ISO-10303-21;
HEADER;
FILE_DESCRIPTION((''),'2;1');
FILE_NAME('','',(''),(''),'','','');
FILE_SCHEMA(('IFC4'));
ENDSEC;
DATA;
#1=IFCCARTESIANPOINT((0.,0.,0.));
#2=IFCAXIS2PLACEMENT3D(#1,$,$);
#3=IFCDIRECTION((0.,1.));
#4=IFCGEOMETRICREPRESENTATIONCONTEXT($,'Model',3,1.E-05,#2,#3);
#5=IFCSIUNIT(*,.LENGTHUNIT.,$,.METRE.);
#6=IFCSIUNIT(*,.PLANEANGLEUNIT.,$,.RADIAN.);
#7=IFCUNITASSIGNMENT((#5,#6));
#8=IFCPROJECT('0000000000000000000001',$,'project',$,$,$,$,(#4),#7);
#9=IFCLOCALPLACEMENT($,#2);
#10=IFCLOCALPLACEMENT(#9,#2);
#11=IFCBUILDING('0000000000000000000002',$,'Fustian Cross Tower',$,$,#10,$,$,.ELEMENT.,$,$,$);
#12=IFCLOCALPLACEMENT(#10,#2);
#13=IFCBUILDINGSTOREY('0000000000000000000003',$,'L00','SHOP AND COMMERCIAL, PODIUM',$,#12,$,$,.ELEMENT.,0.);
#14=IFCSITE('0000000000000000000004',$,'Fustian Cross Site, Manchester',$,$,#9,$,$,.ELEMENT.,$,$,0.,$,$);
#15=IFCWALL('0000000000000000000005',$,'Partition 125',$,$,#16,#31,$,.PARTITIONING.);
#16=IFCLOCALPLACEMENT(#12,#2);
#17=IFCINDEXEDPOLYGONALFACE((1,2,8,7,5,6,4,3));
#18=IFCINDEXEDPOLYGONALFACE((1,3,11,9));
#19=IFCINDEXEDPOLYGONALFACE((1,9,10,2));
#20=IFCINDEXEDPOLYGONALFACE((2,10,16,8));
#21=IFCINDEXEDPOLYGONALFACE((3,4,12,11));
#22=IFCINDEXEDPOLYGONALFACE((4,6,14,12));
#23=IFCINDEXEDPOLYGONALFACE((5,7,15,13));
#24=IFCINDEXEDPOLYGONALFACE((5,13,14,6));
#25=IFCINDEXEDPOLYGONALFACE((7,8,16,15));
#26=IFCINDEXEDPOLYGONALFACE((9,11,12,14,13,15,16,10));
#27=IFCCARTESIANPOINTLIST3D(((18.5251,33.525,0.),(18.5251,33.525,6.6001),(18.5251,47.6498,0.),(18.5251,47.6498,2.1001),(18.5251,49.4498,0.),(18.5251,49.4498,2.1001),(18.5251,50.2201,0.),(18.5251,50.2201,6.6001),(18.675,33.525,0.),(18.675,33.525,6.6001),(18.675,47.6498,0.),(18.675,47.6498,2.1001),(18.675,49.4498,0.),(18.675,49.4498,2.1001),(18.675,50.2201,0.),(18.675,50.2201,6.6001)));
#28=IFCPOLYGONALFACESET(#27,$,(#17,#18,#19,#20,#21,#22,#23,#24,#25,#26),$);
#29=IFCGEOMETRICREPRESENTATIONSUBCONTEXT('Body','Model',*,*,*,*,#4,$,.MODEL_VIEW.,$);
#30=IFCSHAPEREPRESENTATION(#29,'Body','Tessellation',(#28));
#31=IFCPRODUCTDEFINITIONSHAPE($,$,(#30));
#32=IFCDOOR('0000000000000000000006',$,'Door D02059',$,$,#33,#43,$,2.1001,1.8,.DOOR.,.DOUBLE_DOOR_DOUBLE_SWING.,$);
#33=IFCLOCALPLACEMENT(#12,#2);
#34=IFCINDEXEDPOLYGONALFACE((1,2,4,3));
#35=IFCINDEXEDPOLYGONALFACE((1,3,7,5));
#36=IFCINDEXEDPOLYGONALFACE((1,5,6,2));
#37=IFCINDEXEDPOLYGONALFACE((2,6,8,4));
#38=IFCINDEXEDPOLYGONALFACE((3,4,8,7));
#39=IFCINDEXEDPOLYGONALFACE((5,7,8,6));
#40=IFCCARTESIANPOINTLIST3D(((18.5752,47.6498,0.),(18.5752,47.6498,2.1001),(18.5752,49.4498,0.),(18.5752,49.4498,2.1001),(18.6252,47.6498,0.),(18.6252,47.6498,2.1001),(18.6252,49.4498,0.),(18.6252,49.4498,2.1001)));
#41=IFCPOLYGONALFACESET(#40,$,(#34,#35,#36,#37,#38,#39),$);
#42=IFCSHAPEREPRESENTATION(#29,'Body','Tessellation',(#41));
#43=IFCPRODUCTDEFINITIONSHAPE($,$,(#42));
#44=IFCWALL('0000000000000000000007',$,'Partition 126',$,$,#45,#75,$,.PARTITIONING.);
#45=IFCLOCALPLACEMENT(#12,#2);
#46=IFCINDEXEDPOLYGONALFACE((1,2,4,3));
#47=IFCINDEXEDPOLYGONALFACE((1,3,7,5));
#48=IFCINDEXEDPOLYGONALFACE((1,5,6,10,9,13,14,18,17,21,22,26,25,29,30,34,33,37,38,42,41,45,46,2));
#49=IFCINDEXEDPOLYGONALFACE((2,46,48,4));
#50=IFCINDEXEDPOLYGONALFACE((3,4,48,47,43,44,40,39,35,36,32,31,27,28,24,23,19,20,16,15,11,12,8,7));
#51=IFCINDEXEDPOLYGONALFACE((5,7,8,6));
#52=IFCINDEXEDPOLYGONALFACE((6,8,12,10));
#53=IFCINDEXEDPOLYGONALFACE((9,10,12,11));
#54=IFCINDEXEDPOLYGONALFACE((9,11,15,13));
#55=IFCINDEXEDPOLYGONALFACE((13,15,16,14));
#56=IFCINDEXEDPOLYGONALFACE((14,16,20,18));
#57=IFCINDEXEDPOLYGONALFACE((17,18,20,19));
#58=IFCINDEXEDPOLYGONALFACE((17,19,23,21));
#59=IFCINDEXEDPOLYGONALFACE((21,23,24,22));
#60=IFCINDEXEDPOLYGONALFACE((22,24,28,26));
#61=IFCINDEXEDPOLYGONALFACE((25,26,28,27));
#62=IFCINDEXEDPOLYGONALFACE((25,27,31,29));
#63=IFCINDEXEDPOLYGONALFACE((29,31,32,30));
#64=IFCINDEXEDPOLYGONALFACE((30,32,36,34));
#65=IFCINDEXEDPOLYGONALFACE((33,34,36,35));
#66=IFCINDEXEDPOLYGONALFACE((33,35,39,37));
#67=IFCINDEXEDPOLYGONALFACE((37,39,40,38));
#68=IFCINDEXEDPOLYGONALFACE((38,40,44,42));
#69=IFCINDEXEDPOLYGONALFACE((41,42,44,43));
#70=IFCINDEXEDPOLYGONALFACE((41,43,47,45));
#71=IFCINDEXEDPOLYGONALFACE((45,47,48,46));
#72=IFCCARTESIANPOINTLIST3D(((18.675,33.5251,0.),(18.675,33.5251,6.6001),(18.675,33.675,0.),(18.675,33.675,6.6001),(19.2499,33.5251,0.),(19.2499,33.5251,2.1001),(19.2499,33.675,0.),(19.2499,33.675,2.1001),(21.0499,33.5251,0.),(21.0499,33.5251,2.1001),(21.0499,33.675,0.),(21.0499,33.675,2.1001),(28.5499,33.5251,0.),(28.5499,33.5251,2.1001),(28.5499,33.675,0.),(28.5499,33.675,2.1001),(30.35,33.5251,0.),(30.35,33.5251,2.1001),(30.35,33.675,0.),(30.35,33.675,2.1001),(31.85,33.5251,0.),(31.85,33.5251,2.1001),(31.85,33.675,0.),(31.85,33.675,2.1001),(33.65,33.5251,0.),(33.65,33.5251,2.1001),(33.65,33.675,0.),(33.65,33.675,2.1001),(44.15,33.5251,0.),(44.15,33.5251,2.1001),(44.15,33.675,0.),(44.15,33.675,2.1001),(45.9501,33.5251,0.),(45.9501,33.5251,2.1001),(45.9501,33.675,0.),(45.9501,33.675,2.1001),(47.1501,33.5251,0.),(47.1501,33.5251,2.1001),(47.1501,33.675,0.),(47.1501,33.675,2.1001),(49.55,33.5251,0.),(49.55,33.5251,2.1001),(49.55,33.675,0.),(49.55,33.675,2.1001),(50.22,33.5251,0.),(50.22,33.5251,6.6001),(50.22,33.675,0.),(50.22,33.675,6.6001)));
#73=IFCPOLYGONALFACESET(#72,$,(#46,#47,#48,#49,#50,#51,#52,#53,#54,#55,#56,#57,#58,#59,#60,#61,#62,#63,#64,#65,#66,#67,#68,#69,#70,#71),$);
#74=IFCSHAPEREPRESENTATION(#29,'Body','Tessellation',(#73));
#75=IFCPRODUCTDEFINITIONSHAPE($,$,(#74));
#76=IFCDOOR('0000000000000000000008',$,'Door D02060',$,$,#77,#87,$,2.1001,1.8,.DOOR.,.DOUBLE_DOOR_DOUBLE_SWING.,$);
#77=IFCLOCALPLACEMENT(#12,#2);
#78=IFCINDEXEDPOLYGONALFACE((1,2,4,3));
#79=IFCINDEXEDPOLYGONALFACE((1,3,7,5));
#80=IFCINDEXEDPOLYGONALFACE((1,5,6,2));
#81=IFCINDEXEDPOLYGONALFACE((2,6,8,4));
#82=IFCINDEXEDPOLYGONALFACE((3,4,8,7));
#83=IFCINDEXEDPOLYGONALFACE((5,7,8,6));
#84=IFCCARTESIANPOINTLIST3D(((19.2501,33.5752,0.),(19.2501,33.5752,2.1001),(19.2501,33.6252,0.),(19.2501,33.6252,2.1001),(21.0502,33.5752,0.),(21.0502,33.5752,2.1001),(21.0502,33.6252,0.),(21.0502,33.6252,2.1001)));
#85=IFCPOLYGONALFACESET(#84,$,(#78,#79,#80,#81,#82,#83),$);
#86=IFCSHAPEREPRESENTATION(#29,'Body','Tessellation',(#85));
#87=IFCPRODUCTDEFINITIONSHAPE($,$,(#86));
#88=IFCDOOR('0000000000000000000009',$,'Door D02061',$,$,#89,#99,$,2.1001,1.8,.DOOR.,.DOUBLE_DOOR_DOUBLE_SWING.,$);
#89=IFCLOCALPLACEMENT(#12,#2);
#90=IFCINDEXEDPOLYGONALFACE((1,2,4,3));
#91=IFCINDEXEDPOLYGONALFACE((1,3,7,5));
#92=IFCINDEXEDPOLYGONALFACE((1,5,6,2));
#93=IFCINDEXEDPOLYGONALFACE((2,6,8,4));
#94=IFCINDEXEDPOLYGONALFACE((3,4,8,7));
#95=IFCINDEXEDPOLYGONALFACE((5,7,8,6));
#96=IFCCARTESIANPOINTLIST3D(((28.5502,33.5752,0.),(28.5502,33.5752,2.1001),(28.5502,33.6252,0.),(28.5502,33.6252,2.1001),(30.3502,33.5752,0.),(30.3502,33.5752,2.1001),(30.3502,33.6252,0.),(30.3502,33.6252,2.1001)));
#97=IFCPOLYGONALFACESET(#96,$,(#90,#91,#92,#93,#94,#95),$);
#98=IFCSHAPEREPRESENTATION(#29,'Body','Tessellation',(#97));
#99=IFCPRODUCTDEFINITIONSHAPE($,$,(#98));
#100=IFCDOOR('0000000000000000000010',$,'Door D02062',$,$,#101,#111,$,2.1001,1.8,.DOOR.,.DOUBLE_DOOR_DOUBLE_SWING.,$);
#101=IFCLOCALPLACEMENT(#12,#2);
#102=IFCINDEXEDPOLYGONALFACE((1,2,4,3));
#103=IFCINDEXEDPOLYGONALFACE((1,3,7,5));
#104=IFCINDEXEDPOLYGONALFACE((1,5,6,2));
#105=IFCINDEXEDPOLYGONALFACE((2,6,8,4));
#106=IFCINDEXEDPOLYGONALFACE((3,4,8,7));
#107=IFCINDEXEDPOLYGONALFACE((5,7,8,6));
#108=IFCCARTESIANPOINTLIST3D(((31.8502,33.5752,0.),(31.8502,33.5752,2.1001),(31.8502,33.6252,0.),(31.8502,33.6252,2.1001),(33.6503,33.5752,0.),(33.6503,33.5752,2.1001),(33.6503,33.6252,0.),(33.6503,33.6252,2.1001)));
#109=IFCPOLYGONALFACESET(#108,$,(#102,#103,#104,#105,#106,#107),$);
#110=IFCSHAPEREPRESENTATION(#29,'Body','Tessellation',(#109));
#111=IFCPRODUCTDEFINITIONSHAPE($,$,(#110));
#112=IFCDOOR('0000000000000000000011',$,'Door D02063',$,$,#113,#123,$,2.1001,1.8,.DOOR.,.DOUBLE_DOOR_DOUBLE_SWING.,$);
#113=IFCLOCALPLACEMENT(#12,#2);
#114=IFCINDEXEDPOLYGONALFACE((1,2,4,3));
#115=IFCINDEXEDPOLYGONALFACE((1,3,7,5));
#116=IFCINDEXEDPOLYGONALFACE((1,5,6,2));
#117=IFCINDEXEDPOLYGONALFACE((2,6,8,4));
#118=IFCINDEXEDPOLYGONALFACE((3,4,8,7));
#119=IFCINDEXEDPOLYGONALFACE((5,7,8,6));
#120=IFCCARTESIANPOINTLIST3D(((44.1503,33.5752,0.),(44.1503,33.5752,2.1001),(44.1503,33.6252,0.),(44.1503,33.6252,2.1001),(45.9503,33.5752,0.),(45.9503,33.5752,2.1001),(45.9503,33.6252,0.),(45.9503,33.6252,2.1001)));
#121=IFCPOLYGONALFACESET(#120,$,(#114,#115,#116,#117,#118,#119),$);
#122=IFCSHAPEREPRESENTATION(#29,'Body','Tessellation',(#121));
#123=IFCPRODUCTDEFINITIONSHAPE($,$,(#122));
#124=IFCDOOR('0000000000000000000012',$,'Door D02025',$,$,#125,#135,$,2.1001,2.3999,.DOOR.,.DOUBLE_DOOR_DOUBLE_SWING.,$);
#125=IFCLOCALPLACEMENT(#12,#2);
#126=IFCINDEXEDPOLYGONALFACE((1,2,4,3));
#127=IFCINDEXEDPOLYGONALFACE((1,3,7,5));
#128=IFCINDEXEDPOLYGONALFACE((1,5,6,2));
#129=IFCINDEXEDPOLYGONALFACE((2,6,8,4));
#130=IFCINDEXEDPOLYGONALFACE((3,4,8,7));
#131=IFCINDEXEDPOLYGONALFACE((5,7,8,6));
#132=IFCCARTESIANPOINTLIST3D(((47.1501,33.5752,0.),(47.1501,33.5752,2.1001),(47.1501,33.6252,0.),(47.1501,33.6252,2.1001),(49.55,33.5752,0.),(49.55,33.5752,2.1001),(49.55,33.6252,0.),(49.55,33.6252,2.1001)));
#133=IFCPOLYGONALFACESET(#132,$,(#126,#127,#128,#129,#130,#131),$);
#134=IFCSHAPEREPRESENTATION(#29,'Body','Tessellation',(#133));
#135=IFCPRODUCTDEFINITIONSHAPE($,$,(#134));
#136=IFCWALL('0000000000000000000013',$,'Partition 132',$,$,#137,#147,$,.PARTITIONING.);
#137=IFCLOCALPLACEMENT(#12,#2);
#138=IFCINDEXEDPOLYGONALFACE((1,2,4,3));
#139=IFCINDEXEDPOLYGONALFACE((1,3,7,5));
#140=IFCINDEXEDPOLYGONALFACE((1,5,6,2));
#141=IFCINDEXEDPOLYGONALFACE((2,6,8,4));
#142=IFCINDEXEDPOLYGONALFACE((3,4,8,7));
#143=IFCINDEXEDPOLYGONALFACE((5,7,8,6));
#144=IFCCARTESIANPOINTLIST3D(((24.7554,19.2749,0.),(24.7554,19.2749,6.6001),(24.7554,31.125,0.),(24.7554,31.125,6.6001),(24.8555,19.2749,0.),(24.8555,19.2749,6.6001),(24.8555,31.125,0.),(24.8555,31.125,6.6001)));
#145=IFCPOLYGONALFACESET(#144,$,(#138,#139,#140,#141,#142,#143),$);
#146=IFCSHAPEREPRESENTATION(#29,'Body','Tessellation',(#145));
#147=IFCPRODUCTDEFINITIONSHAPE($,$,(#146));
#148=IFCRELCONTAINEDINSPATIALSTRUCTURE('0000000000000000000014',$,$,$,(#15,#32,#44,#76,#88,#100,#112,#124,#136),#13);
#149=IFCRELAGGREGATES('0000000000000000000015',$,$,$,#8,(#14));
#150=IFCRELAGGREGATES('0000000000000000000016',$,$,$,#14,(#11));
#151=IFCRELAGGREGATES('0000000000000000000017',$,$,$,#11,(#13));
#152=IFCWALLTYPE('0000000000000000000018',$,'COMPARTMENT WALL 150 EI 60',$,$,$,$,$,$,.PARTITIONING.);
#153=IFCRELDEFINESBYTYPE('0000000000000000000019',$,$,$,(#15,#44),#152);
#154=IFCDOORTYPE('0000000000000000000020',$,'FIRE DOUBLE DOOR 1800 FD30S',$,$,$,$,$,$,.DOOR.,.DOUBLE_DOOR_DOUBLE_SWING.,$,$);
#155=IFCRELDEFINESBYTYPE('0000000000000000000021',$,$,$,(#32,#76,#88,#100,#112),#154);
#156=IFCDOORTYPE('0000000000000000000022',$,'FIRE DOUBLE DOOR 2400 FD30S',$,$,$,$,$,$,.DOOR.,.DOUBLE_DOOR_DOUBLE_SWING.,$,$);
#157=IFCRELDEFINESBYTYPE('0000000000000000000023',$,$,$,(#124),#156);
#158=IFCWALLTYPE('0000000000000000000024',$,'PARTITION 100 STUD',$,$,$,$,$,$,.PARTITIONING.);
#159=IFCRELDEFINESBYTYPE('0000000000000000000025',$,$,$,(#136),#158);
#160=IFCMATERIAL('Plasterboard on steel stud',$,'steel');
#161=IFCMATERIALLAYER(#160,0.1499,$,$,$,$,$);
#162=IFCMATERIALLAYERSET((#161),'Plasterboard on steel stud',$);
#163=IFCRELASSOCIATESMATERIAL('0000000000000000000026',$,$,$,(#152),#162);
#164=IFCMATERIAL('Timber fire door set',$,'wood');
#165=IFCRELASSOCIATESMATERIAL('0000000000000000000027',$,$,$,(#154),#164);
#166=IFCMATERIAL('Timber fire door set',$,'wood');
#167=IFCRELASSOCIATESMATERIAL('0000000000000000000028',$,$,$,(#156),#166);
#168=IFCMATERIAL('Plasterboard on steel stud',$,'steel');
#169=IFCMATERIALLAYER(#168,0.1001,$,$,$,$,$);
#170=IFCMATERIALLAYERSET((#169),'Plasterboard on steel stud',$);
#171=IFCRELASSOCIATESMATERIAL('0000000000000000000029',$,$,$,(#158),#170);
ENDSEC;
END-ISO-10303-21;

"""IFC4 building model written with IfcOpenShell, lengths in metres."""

from ifc_helpers import new_model, si_unit, direction, frame, frame_2d, origin, place, context, subcontext, project, spatial, rectangle, extrude, material, layer, layer_set, type_object, element, fill, save


model = new_model("IFC4")

# Units and contexts
model_context = context("Model", 3, precision=1e-05, world=origin(), true_north=direction((0.0, 1.0)))
body_context = subcontext(model_context, "Body", "Model", "MODEL_VIEW")
ifc_project = project(units=[si_unit("LENGTHUNIT", "METRE"), si_unit("PLANEANGLEUNIT", "RADIAN")], contexts=[model_context])

# Site, building, storey
site_placement = place(None, origin())
site = spatial("IfcSite", under=ifc_project, at=site_placement, Name="Fustian Cross Site, Manchester", CompositionType="ELEMENT", RefElevation=0.0)
building_placement = place(site_placement, origin())
building = spatial("IfcBuilding", under=site, at=building_placement, Name="Fustian Cross Tower", CompositionType="ELEMENT")
storey_placement = place(building_placement, origin())
storey = spatial("IfcBuildingStorey", under=building, at=storey_placement, Name="L00", Description="SHOP AND COMMERCIAL, PODIUM", CompositionType="ELEMENT", Elevation=0.0)

# Shared definitions
ifc_material_1 = material(Name="Plasterboard on steel stud", Category="steel")
ifc_layer_1 = layer(ifc_material_1, 0.1499)
ifc_layer_set_1 = layer_set([ifc_layer_1], Name="Plasterboard on steel stud")
wall_type_1 = type_object("IfcWallType", Name="COMPARTMENT WALL 150 EI 60", PredefinedType="PARTITIONING", material=ifc_layer_set_1)
ifc_material_2 = material(Name="Timber fire door set", Category="wood")
door_type_1 = type_object("IfcDoorType", Name="FIRE DOUBLE DOOR 1800 FD30S", OperationType="DOUBLE_DOOR_DOUBLE_SWING", PredefinedType="DOOR", material=ifc_material_2)

# Wall, opening, door
wall_1_placement = place(storey_placement, frame((18.6001, 33.5249, 0.0), z_axis=(0.0, 0.0, 1.0), x_axis=(0.0, 1.0, 0.0)))
wall_1 = element("IfcWall", 1, at=wall_1_placement, inside=storey, type_object=wall_type_1, Name="Partition 125", PredefinedType="PARTITIONING", context=body_context, shape_type="SweptSolid", body=[
    extrude(rectangle(XDim=16.6951, YDim=0.1499, at=frame_2d((8.3477, 0.0))), origin(), (0.0, 0.0, 1.0), 6.6001),
])
opening_1_placement = place(wall_1_placement, frame((14.125, 0.0, 0.0)))
opening_1 = element("IfcOpeningElement", 2, at=opening_1_placement, cuts=wall_1, PredefinedType="OPENING", context=body_context, shape_type="SweptSolid", body=[
    extrude(rectangle(XDim=1.8, YDim=2.1001, at=frame_2d((0.8999, 1.05))), frame((0.0, 0.085, 0.0), z_axis=(0.0, -1.0, 0.0), x_axis=(1.0, 0.0, 0.0)), (0.0, 0.0, 1.0), 0.1699),
])
door_1_placement = place(opening_1_placement, origin())
door_1 = element("IfcDoor", 3, at=door_1_placement, inside=storey, type_object=door_type_1, Name="Door D02059", OperationType="DOUBLE_DOOR_DOUBLE_SWING", OverallHeight=2.1001, OverallWidth=1.8, PredefinedType="DOOR", context=body_context, shape_type="SweptSolid", body=[
    extrude(rectangle(XDim=1.8, YDim=2.1001, at=frame_2d((0.8999, 1.05))), frame((0.0, 0.0249, 0.0), z_axis=(0.0, -1.0, 0.0), x_axis=(1.0, 0.0, 0.0)), (0.0, 0.0, 1.0), 0.05),
])
fill(opening_1, door_1)

# Wall, openings, doors
wall_2_placement = place(storey_placement, frame((18.675, 33.6001, 0.0), z_axis=(0.0, 0.0, 1.0), x_axis=(1.0, 0.0, 0.0)))
wall_2 = element("IfcWall", 4, at=wall_2_placement, inside=storey, type_object=wall_type_1, Name="Partition 126", PredefinedType="PARTITIONING", context=body_context, shape_type="SweptSolid", body=[
    extrude(rectangle(XDim=31.5449, YDim=0.1499, at=frame_2d((15.7725, 0.0))), origin(), (0.0, 0.0, 1.0), 6.6001),
])
opening_2_placement = place(wall_2_placement, frame((28.4751, 0.0, 0.0)))
opening_2 = element("IfcOpeningElement", 5, at=opening_2_placement, cuts=wall_2, PredefinedType="OPENING", context=body_context, shape_type="SweptSolid", body=[
    extrude(rectangle(XDim=2.3999, YDim=2.1001, at=frame_2d((1.2, 1.05))), frame((0.0, 0.085, 0.0), z_axis=(0.0, -1.0, 0.0), x_axis=(1.0, 0.0, 0.0)), (0.0, 0.0, 1.0), 0.1699),
])
opening_3_placement = place(wall_2_placement, frame((0.575, 0.0, 0.0)))
opening_3 = element("IfcOpeningElement", 6, at=opening_3_placement, cuts=wall_2, PredefinedType="OPENING", context=body_context, shape_type="SweptSolid", body=[
    extrude(rectangle(XDim=1.8, YDim=2.1001, at=frame_2d((0.8999, 1.05))), frame((0.0, 0.085, 0.0), z_axis=(0.0, -1.0, 0.0), x_axis=(1.0, 0.0, 0.0)), (0.0, 0.0, 1.0), 0.1699),
])
opening_4_placement = place(wall_2_placement, frame((9.875, 0.0, 0.0)))
opening_4 = element("IfcOpeningElement", 7, at=opening_4_placement, cuts=wall_2, PredefinedType="OPENING", context=body_context, shape_type="SweptSolid", body=[
    extrude(rectangle(XDim=1.8, YDim=2.1001, at=frame_2d((0.8999, 1.05))), frame((0.0, 0.085, 0.0), z_axis=(0.0, -1.0, 0.0), x_axis=(1.0, 0.0, 0.0)), (0.0, 0.0, 1.0), 0.1699),
])
opening_5_placement = place(wall_2_placement, frame((13.175, 0.0, 0.0)))
opening_5 = element("IfcOpeningElement", 8, at=opening_5_placement, cuts=wall_2, PredefinedType="OPENING", context=body_context, shape_type="SweptSolid", body=[
    extrude(rectangle(XDim=1.8, YDim=2.1001, at=frame_2d((0.8999, 1.05))), frame((0.0, 0.085, 0.0), z_axis=(0.0, -1.0, 0.0), x_axis=(1.0, 0.0, 0.0)), (0.0, 0.0, 1.0), 0.1699),
])
opening_6_placement = place(wall_2_placement, frame((25.4751, 0.0, 0.0)))
opening_6 = element("IfcOpeningElement", 9, at=opening_6_placement, cuts=wall_2, PredefinedType="OPENING", context=body_context, shape_type="SweptSolid", body=[
    extrude(rectangle(XDim=1.8, YDim=2.1001, at=frame_2d((0.8999, 1.05))), frame((0.0, 0.085, 0.0), z_axis=(0.0, -1.0, 0.0), x_axis=(1.0, 0.0, 0.0)), (0.0, 0.0, 1.0), 0.1699),
])
door_2_placement = place(opening_3_placement, frame((1.8, 0.0, 0.0), z_axis=(0.0, 0.0, 1.0), x_axis=(-1.0, 0.0, 0.0)))
door_2 = element("IfcDoor", 10, at=door_2_placement, inside=storey, type_object=door_type_1, Name="Door D02060", OperationType="DOUBLE_DOOR_DOUBLE_SWING", OverallHeight=2.1001, OverallWidth=1.8, PredefinedType="DOOR", context=body_context, shape_type="SweptSolid", body=[
    extrude(rectangle(XDim=1.8, YDim=2.1001, at=frame_2d((0.8999, 1.05))), frame((0.0, 0.0249, 0.0), z_axis=(0.0, -1.0, 0.0), x_axis=(1.0, 0.0, 0.0)), (0.0, 0.0, 1.0), 0.05),
])
fill(opening_3, door_2)
door_3_placement = place(opening_4_placement, frame((1.8, 0.0, 0.0), z_axis=(0.0, 0.0, 1.0), x_axis=(-1.0, 0.0, 0.0)))
door_3 = element("IfcDoor", 11, at=door_3_placement, inside=storey, type_object=door_type_1, Name="Door D02061", OperationType="DOUBLE_DOOR_DOUBLE_SWING", OverallHeight=2.1001, OverallWidth=1.8, PredefinedType="DOOR", context=body_context, shape_type="SweptSolid", body=[
    extrude(rectangle(XDim=1.8, YDim=2.1001, at=frame_2d((0.8999, 1.05))), frame((0.0, 0.0249, 0.0), z_axis=(0.0, -1.0, 0.0), x_axis=(1.0, 0.0, 0.0)), (0.0, 0.0, 1.0), 0.05),
])
fill(opening_4, door_3)
door_4_placement = place(opening_5_placement, frame((1.8, 0.0, 0.0), z_axis=(0.0, 0.0, 1.0), x_axis=(-1.0, 0.0, 0.0)))
door_4 = element("IfcDoor", 12, at=door_4_placement, inside=storey, type_object=door_type_1, Name="Door D02062", OperationType="DOUBLE_DOOR_DOUBLE_SWING", OverallHeight=2.1001, OverallWidth=1.8, PredefinedType="DOOR", context=body_context, shape_type="SweptSolid", body=[
    extrude(rectangle(XDim=1.8, YDim=2.1001, at=frame_2d((0.8999, 1.05))), frame((0.0, 0.0249, 0.0), z_axis=(0.0, -1.0, 0.0), x_axis=(1.0, 0.0, 0.0)), (0.0, 0.0, 1.0), 0.05),
])
fill(opening_5, door_4)
door_5_placement = place(opening_6_placement, frame((1.8, 0.0, 0.0), z_axis=(0.0, 0.0, 1.0), x_axis=(-1.0, 0.0, 0.0)))
door_5 = element("IfcDoor", 13, at=door_5_placement, inside=storey, type_object=door_type_1, Name="Door D02063", OperationType="DOUBLE_DOOR_DOUBLE_SWING", OverallHeight=2.1001, OverallWidth=1.8, PredefinedType="DOOR", context=body_context, shape_type="SweptSolid", body=[
    extrude(rectangle(XDim=1.8, YDim=2.1001, at=frame_2d((0.8999, 1.05))), frame((0.0, 0.0249, 0.0), z_axis=(0.0, -1.0, 0.0), x_axis=(1.0, 0.0, 0.0)), (0.0, 0.0, 1.0), 0.05),
])
fill(opening_6, door_5)
ifc_material_3 = material(Name="Timber fire door set", Category="wood")
door_type_2 = type_object("IfcDoorType", Name="FIRE DOUBLE DOOR 2400 FD30S", OperationType="DOUBLE_DOOR_DOUBLE_SWING", PredefinedType="DOOR", material=ifc_material_3)
door_6_placement = place(opening_2_placement, frame((2.3999, 0.0, 0.0), z_axis=(0.0, 0.0, 1.0), x_axis=(-1.0, 0.0, 0.0)))
door_6 = element("IfcDoor", 14, at=door_6_placement, inside=storey, type_object=door_type_2, Name="Door D02025", OperationType="DOUBLE_DOOR_DOUBLE_SWING", OverallHeight=2.1001, OverallWidth=2.3999, PredefinedType="DOOR", context=body_context, shape_type="SweptSolid", body=[
    extrude(rectangle(XDim=2.3999, YDim=2.1001, at=frame_2d((1.2, 1.05))), frame((0.0, 0.0249, 0.0), z_axis=(0.0, -1.0, 0.0), x_axis=(1.0, 0.0, 0.0)), (0.0, 0.0, 1.0), 0.05),
])
fill(opening_2, door_6)

# Wall
ifc_material_4 = material(Name="Plasterboard on steel stud", Category="steel")
ifc_layer_2 = layer(ifc_material_4, 0.1001)
ifc_layer_set_2 = layer_set([ifc_layer_2], Name="Plasterboard on steel stud")
wall_type_2 = type_object("IfcWallType", Name="PARTITION 100 STUD", PredefinedType="PARTITIONING", material=ifc_layer_set_2)
wall_3_placement = place(storey_placement, frame((24.8054, 19.2749, 0.0), z_axis=(0.0, 0.0, 1.0), x_axis=(0.0, 1.0, 0.0)))
element("IfcWall", 15, at=wall_3_placement, inside=storey, type_object=wall_type_2, Name="Partition 132", PredefinedType="PARTITIONING", context=body_context, shape_type="SweptSolid", body=[
    extrude(rectangle(XDim=11.8501, YDim=0.1001, at=frame_2d((5.925, 0.0))), origin(), (0.0, 0.0, 1.0), 6.6001),
])

save(model, "model.ifc")
